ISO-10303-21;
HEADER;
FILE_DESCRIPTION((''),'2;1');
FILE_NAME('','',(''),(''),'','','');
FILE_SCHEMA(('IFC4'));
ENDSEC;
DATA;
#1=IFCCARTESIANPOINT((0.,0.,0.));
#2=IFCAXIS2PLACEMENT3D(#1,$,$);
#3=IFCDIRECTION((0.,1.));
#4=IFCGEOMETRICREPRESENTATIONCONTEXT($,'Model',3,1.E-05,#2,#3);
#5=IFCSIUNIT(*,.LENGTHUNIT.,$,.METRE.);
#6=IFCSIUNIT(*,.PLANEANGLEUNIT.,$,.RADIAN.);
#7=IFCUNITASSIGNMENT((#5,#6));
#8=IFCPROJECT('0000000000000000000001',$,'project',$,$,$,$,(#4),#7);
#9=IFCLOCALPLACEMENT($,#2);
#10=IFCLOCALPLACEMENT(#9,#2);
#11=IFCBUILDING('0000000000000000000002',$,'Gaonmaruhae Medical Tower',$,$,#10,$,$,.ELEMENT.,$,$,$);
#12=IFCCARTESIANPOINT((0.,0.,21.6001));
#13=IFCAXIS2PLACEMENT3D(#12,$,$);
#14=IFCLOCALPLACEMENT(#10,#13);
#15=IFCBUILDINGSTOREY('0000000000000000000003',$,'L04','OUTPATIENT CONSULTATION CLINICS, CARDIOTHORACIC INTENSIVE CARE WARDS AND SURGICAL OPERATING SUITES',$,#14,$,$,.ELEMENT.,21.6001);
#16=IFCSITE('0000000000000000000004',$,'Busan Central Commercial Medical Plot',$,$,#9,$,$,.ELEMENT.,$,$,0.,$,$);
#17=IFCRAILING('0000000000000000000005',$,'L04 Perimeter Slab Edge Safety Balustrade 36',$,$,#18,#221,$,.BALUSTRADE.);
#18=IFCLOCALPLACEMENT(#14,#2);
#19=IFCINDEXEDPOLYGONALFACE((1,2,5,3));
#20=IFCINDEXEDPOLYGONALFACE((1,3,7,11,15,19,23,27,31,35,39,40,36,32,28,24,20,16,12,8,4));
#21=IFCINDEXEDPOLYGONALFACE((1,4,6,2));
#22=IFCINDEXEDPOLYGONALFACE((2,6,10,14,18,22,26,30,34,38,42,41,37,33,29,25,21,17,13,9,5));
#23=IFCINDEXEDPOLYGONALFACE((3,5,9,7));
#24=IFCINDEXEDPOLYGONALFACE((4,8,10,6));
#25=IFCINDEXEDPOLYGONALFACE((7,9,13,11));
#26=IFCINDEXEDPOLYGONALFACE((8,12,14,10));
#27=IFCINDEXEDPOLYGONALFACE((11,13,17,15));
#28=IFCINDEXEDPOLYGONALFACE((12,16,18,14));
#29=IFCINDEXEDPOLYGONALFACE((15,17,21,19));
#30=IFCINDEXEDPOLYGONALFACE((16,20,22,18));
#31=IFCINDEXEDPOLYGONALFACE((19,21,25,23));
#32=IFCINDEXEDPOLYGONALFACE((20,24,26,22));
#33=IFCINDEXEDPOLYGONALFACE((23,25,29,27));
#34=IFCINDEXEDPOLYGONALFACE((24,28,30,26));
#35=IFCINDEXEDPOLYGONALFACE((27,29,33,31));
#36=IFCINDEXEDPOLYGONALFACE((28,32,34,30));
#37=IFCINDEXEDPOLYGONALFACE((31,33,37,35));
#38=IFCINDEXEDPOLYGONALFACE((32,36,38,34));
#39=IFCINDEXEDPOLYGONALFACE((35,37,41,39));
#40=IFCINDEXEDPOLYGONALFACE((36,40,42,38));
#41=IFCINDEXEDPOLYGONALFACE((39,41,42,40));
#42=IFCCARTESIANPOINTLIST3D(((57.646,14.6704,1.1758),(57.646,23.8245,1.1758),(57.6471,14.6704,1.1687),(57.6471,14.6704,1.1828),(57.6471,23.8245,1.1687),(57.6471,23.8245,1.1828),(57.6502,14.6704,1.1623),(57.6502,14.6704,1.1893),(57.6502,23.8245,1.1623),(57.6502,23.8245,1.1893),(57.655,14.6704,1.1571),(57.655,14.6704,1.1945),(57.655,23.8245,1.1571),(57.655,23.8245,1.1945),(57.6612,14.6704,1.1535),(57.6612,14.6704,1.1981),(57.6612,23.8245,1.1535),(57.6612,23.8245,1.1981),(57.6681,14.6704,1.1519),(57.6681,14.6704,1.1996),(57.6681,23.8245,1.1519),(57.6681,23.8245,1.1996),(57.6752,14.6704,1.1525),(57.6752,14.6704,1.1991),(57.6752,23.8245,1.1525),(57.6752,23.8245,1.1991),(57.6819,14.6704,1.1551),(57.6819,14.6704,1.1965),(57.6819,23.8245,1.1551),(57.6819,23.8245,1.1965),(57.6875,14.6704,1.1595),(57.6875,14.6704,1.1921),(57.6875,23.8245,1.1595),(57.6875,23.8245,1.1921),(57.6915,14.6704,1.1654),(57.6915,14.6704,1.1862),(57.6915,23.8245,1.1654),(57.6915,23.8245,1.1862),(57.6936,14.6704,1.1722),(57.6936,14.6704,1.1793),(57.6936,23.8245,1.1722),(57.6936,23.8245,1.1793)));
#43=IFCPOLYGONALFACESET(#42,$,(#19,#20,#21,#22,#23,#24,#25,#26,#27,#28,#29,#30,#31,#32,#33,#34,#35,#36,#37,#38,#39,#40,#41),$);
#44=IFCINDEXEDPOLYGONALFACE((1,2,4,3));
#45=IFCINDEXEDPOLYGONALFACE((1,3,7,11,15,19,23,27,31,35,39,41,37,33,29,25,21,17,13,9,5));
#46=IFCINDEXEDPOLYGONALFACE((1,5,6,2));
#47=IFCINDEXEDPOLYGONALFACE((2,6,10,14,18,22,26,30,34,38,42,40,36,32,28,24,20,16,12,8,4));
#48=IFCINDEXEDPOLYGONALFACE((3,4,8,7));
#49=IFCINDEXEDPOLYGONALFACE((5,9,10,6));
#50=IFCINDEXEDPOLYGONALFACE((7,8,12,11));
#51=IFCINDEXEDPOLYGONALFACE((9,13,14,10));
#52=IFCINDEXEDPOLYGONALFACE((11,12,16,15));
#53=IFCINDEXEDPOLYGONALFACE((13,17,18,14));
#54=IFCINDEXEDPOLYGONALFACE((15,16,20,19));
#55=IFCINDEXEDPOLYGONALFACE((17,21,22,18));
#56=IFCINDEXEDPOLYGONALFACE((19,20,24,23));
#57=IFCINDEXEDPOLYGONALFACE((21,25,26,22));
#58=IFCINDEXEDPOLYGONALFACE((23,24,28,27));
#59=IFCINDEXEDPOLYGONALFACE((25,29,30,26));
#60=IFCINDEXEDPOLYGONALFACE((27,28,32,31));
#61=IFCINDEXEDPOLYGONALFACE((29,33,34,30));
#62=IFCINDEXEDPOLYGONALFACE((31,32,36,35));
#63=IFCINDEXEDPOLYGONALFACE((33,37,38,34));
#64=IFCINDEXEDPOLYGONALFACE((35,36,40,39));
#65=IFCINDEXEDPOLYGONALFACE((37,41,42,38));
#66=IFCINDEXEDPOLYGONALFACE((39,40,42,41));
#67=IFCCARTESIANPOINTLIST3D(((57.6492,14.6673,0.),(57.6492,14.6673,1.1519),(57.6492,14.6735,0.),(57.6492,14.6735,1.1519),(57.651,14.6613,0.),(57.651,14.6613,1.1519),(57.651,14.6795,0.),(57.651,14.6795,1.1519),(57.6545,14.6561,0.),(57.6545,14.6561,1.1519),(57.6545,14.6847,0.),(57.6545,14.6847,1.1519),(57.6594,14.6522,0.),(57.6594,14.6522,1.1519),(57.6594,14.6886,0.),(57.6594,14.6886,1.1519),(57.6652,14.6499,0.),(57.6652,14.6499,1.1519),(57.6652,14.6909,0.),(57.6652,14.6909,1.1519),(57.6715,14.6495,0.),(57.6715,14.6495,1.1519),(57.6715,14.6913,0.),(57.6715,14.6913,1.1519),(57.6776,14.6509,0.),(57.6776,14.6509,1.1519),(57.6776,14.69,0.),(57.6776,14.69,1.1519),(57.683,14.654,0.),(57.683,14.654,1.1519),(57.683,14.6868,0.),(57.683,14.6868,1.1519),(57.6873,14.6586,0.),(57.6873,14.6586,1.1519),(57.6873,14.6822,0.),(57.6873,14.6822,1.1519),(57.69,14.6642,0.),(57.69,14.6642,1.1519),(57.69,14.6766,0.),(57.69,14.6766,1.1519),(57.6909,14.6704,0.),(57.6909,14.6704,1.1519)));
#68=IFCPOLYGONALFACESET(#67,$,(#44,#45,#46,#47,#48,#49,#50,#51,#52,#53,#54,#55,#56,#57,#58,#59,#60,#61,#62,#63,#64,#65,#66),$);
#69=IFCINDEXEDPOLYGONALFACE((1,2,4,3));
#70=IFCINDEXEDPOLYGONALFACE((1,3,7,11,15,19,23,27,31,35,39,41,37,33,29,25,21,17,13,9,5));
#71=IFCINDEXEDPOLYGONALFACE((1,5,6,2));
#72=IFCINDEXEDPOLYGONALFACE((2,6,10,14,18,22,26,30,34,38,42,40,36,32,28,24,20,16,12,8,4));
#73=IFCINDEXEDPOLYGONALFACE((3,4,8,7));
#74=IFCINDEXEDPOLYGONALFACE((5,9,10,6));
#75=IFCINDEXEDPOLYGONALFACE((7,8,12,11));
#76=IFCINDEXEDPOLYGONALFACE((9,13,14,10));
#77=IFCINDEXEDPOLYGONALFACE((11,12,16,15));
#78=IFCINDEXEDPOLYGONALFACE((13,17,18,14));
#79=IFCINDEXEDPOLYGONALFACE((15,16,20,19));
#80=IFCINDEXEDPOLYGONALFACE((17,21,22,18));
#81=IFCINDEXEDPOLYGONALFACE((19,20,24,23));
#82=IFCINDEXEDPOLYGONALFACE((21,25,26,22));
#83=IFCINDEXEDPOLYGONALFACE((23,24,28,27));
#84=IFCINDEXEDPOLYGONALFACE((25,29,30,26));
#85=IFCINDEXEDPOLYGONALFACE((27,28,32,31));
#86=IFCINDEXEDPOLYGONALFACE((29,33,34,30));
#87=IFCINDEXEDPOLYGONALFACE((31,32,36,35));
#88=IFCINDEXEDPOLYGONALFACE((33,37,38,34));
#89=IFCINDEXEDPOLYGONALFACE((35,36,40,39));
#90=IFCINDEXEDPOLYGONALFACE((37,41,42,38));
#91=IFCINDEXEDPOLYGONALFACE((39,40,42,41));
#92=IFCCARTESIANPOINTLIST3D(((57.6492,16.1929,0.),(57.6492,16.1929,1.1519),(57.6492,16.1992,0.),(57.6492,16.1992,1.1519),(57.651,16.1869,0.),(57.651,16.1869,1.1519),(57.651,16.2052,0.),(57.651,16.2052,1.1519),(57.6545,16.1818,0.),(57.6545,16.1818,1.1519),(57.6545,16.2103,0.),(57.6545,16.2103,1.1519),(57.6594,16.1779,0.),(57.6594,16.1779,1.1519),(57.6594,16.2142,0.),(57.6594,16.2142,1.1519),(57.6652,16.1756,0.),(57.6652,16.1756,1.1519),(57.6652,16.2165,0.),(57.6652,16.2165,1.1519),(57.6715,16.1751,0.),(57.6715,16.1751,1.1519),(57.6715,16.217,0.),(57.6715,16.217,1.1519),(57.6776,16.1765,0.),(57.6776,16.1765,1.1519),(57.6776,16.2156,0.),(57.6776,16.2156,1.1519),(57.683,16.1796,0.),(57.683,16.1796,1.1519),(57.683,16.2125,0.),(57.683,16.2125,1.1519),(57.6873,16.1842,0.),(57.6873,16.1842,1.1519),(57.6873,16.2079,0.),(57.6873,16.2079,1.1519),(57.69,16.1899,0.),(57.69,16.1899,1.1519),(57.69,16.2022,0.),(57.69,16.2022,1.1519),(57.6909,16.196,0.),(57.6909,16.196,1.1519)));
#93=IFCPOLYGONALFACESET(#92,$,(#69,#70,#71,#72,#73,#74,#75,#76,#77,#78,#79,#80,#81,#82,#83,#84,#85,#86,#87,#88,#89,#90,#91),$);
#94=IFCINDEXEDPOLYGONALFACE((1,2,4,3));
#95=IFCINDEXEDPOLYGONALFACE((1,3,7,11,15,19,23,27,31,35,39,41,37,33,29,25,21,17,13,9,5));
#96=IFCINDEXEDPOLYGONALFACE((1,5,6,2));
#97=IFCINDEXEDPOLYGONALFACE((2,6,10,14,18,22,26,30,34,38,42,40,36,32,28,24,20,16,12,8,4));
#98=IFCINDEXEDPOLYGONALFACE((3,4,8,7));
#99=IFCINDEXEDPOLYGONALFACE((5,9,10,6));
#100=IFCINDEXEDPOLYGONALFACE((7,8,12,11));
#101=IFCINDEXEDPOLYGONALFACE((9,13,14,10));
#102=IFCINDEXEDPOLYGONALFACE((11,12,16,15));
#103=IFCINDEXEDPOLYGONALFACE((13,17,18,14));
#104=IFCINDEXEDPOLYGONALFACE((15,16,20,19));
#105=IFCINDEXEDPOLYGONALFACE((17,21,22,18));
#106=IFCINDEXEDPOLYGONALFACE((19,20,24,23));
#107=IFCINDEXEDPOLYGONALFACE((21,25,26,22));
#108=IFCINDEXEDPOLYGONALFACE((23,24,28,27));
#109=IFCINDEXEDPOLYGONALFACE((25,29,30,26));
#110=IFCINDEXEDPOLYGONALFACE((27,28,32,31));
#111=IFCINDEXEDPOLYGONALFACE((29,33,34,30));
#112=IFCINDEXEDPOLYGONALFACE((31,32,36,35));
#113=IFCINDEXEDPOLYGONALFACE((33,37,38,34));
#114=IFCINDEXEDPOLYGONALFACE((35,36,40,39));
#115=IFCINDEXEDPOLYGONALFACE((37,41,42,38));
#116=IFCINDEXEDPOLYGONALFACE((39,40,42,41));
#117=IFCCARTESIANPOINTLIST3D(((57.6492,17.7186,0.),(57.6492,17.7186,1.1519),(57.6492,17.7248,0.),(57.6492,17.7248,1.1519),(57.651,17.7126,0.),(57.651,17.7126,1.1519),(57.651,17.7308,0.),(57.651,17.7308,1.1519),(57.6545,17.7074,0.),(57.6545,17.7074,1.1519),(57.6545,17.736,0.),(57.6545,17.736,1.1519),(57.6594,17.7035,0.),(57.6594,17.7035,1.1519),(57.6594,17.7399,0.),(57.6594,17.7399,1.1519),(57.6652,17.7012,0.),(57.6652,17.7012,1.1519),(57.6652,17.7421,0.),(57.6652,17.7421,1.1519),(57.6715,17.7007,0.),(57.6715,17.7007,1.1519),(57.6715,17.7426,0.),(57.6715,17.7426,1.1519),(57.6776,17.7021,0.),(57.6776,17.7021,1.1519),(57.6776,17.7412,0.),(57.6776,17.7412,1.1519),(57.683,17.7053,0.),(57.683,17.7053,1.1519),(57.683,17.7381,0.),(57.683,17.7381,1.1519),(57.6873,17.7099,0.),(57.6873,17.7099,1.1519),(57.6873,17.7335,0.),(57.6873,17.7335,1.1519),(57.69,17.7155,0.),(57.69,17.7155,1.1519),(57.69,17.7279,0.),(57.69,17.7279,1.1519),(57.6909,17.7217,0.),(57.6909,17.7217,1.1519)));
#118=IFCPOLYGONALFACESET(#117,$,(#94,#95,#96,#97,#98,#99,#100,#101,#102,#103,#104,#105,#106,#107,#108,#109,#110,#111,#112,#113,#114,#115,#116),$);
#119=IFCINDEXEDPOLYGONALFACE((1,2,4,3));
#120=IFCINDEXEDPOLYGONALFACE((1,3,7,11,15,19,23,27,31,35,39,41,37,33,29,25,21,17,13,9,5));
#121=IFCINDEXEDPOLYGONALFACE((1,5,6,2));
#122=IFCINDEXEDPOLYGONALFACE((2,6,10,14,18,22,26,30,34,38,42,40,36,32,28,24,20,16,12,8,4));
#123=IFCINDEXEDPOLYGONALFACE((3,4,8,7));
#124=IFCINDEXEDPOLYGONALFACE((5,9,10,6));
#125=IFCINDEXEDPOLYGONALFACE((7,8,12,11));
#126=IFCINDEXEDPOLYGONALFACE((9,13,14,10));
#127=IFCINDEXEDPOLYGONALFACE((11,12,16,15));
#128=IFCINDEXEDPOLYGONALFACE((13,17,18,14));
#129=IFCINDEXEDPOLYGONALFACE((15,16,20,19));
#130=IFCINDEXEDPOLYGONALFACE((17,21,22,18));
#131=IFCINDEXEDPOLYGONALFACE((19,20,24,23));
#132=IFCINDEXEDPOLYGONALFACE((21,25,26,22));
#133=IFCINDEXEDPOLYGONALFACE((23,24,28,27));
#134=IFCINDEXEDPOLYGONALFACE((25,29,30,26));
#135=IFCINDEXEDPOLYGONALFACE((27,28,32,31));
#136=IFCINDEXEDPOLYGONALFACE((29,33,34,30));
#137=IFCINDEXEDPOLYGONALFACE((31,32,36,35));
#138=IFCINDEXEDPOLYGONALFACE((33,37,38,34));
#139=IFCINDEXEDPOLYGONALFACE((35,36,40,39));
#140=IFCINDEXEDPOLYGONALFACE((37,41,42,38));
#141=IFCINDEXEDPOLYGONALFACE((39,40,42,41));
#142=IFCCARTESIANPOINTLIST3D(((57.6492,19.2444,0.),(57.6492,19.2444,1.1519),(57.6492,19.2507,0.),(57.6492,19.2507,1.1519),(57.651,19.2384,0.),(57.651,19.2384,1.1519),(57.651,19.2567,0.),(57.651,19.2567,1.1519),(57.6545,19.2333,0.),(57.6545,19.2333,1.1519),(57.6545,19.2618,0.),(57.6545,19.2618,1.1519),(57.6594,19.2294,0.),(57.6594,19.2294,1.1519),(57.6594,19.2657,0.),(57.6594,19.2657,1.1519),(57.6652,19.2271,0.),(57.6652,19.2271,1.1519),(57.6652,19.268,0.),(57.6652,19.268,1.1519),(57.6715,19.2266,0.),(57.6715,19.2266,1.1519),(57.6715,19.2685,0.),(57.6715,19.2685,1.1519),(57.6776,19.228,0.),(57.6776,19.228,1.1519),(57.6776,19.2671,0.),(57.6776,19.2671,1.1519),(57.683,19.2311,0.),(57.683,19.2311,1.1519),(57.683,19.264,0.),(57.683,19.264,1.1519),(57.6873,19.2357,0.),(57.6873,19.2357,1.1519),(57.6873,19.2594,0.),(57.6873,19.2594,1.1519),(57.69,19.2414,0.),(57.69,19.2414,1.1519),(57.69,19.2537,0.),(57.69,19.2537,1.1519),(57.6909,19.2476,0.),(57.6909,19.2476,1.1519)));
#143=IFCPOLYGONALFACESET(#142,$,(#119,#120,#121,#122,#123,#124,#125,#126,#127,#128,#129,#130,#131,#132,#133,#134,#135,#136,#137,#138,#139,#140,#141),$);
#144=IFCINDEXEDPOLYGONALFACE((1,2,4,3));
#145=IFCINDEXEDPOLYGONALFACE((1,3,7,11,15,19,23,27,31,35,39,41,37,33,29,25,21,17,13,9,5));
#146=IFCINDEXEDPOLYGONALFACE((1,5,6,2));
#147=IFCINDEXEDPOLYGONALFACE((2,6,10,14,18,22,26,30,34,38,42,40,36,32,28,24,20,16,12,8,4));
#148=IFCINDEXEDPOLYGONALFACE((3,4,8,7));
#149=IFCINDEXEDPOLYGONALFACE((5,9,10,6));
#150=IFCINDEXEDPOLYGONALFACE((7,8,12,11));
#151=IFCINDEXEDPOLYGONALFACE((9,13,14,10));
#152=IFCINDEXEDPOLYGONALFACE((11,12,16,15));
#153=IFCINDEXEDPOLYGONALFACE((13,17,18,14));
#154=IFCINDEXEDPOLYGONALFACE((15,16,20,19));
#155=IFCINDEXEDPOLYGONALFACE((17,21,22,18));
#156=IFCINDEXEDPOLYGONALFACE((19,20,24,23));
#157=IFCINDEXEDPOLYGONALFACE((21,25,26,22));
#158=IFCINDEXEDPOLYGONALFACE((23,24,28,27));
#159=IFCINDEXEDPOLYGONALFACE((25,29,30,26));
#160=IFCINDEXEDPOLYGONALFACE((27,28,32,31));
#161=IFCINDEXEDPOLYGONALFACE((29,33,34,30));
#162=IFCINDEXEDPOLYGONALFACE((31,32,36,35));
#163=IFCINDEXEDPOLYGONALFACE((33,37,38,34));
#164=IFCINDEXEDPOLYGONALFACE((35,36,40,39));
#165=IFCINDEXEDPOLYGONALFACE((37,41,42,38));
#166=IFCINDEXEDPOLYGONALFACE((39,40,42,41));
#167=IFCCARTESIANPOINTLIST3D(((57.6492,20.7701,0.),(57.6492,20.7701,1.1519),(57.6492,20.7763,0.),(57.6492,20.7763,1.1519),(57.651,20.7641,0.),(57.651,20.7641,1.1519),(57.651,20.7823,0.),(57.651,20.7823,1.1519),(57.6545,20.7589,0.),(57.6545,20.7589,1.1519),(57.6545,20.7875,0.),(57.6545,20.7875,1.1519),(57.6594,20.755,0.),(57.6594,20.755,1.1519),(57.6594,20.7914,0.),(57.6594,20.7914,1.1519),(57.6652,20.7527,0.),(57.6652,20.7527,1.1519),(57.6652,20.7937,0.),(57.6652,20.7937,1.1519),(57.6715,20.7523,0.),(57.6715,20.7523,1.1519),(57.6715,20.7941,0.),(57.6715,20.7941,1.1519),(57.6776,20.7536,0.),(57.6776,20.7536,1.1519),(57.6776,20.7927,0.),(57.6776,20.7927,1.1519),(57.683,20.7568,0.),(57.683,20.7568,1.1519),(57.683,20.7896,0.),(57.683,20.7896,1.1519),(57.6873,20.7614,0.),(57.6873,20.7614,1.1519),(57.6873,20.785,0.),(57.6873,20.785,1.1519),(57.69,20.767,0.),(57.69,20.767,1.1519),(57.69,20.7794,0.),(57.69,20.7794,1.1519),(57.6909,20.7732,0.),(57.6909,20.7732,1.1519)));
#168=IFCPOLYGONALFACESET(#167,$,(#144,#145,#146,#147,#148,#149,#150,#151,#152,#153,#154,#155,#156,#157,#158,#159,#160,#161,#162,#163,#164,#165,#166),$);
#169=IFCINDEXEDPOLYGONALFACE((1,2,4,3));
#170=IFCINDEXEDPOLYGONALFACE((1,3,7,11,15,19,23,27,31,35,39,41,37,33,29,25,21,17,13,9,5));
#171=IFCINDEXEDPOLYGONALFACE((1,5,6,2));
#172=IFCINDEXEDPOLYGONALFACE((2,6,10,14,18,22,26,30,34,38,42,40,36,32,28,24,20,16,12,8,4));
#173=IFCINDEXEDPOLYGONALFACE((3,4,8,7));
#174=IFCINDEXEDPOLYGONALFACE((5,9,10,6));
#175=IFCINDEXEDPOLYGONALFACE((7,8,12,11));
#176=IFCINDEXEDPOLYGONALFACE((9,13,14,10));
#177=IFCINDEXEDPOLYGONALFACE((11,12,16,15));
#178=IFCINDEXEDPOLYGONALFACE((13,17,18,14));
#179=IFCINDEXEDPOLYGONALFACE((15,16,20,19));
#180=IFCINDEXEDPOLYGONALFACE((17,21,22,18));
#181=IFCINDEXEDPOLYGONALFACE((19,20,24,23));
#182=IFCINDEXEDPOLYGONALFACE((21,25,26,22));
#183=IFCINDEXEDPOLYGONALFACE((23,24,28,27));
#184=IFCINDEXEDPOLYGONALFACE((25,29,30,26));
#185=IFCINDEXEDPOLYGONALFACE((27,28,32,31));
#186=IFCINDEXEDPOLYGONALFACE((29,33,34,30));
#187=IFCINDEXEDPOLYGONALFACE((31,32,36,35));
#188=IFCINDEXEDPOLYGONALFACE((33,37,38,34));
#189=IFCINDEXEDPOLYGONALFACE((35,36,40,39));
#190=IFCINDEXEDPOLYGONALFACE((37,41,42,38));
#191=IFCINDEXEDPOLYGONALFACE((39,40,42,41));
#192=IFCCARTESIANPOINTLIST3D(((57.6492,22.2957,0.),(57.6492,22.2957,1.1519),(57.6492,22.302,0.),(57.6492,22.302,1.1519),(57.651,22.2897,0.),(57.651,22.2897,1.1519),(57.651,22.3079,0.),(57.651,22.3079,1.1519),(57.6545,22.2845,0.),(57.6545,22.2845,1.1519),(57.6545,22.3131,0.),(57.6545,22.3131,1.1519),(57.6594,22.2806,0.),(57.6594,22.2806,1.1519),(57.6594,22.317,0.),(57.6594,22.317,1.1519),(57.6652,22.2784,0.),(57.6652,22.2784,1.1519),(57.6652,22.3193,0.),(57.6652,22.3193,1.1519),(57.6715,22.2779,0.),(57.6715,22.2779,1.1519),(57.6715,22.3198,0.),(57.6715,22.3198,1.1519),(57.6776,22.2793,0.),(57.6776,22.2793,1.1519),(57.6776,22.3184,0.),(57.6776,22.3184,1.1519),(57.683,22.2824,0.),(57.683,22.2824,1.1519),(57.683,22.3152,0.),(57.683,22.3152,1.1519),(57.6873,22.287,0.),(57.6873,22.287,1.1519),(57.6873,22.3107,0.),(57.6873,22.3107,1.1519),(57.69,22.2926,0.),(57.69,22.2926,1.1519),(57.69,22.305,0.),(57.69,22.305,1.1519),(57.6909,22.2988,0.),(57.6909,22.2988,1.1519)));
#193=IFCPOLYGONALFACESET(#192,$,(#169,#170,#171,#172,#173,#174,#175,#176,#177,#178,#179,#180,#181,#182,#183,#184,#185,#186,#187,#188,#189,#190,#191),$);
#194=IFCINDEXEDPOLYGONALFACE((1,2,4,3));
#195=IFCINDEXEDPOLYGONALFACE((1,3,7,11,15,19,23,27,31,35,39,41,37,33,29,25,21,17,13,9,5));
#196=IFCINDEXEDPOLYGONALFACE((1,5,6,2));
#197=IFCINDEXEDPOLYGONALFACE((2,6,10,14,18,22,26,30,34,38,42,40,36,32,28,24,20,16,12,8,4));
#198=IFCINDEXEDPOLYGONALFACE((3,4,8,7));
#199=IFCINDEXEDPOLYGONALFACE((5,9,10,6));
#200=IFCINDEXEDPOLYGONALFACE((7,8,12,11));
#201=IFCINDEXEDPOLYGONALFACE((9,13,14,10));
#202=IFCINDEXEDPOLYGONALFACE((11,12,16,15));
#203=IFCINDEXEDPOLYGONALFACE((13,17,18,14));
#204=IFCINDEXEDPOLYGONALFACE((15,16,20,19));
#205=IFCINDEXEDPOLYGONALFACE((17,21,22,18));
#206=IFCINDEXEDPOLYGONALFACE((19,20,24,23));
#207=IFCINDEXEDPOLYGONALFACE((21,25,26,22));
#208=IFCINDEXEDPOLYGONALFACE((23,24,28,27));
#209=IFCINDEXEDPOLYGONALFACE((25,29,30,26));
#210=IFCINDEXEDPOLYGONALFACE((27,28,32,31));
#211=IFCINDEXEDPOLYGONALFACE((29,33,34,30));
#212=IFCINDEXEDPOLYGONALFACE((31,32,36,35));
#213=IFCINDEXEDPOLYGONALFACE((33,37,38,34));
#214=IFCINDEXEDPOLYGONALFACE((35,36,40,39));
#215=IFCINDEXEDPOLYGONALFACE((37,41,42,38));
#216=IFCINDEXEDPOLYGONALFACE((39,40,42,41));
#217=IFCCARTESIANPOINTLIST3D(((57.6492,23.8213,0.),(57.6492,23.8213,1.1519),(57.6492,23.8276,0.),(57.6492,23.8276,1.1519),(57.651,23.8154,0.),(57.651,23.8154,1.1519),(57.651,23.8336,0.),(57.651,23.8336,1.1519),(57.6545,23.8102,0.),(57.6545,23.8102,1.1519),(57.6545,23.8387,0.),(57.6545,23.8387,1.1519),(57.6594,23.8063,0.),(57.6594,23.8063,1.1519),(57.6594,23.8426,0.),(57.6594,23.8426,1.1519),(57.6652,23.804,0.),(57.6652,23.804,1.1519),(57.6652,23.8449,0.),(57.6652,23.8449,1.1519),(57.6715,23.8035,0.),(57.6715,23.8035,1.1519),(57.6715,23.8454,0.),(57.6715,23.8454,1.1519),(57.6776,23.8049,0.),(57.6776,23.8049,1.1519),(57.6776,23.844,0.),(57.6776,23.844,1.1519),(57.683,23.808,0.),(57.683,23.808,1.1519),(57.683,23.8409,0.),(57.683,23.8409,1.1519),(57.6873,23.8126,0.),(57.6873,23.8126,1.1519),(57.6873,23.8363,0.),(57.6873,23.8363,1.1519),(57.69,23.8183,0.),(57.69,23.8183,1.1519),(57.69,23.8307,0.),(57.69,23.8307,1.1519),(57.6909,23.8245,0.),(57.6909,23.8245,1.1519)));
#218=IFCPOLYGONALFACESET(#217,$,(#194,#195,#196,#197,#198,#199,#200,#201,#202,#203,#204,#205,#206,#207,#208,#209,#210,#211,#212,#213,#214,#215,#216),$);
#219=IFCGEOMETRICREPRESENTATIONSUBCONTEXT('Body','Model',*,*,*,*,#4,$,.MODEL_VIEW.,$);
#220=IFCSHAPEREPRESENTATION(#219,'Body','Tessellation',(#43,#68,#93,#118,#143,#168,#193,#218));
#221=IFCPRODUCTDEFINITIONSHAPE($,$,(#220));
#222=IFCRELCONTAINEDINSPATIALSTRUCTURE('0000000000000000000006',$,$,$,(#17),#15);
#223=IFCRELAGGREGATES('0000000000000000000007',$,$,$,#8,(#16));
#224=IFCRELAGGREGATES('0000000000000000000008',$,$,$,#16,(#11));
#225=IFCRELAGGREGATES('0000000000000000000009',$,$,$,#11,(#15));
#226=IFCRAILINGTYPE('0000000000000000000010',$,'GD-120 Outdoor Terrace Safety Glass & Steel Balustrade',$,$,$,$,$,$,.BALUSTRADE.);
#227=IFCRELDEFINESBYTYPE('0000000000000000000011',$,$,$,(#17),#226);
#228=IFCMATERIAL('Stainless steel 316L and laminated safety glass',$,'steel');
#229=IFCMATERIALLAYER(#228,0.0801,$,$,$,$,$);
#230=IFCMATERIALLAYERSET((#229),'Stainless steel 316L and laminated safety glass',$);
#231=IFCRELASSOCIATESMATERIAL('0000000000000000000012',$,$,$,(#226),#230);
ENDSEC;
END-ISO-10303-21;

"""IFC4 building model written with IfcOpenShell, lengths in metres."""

from ifc_helpers import new_model, si_unit, direction, frame, origin, origin_2d, place, context, subcontext, project, spatial, circle, extrude, material, layer, layer_set, type_object, element, save


model = new_model("IFC4")

# Units and contexts
model_context = context("Model", 3, precision=1e-05, world=origin(), true_north=direction((0.0, 1.0)))
body_context = subcontext(model_context, "Body", "Model", "MODEL_VIEW")
ifc_project = project(units=[si_unit("LENGTHUNIT", "METRE"), si_unit("PLANEANGLEUNIT", "RADIAN")], contexts=[model_context])

# Site, building, storey
site_placement = place(None, origin())
site = spatial("IfcSite", under=ifc_project, at=site_placement, Name="Busan Central Commercial Medical Plot", CompositionType="ELEMENT", RefElevation=0.0)
building_placement = place(site_placement, origin())
building = spatial("IfcBuilding", under=site, at=building_placement, Name="Gaonmaruhae Medical Tower", CompositionType="ELEMENT")
storey_placement = place(building_placement, frame((0.0, 0.0, 21.6001)))
storey = spatial("IfcBuildingStorey", under=building, at=storey_placement, Name="L04", Description="OUTPATIENT CONSULTATION CLINICS, CARDIOTHORACIC INTENSIVE CARE WARDS AND SURGICAL OPERATING SUITES", CompositionType="ELEMENT", Elevation=21.6001)

# Railing
ifc_material_1 = material(Name="Stainless steel 316L and laminated safety glass", Category="steel")
ifc_layer_1 = layer(ifc_material_1, 0.0801)
ifc_layer_set_1 = layer_set([ifc_layer_1], Name="Stainless steel 316L and laminated safety glass")
railing_type_1 = type_object("IfcRailingType", Name="GD-120 Outdoor Terrace Safety Glass & Steel Balustrade", PredefinedType="BALUSTRADE", material=ifc_layer_set_1)
railing_1_placement = place(storey_placement, frame((57.6699, 14.6704, 0.0)))
element("IfcRailing", 1, at=railing_1_placement, inside=storey, type_object=railing_type_1, Name="L04 Perimeter Slab Edge Safety Balustrade 36", PredefinedType="BALUSTRADE", context=body_context, shape_type="SweptSolid", body=[
    extrude(circle(Radius=0.0239, at=origin_2d()), frame((0.0, 0.0, 1.1758), z_axis=(0.0, 1.0, 0.0), x_axis=(-1.0, 0.0, 0.0)), (0.0, 0.0, 1.0), 9.1541),
    extrude(circle(Radius=0.021, at=origin_2d()), origin(), (0.0, 0.0, 1.0), 1.1519),
    extrude(circle(Radius=0.021, at=origin_2d()), frame((0.0, 1.5256, 0.0)), (0.0, 0.0, 1.0), 1.1519),
    extrude(circle(Radius=0.021, at=origin_2d()), frame((0.0, 3.0513, 0.0)), (0.0, 0.0, 1.0), 1.1519),
    extrude(circle(Radius=0.021, at=origin_2d()), frame((0.0, 4.5771, 0.0)), (0.0, 0.0, 1.0), 1.1519),
    extrude(circle(Radius=0.021, at=origin_2d()), frame((0.0, 6.1028, 0.0)), (0.0, 0.0, 1.0), 1.1519),
    extrude(circle(Radius=0.021, at=origin_2d()), frame((0.0, 7.6284, 0.0)), (0.0, 0.0, 1.0), 1.1519),
    extrude(circle(Radius=0.021, at=origin_2d()), frame((0.0, 9.1541, 0.0)), (0.0, 0.0, 1.0), 1.1519),
])

save(model, "model.ifc")
